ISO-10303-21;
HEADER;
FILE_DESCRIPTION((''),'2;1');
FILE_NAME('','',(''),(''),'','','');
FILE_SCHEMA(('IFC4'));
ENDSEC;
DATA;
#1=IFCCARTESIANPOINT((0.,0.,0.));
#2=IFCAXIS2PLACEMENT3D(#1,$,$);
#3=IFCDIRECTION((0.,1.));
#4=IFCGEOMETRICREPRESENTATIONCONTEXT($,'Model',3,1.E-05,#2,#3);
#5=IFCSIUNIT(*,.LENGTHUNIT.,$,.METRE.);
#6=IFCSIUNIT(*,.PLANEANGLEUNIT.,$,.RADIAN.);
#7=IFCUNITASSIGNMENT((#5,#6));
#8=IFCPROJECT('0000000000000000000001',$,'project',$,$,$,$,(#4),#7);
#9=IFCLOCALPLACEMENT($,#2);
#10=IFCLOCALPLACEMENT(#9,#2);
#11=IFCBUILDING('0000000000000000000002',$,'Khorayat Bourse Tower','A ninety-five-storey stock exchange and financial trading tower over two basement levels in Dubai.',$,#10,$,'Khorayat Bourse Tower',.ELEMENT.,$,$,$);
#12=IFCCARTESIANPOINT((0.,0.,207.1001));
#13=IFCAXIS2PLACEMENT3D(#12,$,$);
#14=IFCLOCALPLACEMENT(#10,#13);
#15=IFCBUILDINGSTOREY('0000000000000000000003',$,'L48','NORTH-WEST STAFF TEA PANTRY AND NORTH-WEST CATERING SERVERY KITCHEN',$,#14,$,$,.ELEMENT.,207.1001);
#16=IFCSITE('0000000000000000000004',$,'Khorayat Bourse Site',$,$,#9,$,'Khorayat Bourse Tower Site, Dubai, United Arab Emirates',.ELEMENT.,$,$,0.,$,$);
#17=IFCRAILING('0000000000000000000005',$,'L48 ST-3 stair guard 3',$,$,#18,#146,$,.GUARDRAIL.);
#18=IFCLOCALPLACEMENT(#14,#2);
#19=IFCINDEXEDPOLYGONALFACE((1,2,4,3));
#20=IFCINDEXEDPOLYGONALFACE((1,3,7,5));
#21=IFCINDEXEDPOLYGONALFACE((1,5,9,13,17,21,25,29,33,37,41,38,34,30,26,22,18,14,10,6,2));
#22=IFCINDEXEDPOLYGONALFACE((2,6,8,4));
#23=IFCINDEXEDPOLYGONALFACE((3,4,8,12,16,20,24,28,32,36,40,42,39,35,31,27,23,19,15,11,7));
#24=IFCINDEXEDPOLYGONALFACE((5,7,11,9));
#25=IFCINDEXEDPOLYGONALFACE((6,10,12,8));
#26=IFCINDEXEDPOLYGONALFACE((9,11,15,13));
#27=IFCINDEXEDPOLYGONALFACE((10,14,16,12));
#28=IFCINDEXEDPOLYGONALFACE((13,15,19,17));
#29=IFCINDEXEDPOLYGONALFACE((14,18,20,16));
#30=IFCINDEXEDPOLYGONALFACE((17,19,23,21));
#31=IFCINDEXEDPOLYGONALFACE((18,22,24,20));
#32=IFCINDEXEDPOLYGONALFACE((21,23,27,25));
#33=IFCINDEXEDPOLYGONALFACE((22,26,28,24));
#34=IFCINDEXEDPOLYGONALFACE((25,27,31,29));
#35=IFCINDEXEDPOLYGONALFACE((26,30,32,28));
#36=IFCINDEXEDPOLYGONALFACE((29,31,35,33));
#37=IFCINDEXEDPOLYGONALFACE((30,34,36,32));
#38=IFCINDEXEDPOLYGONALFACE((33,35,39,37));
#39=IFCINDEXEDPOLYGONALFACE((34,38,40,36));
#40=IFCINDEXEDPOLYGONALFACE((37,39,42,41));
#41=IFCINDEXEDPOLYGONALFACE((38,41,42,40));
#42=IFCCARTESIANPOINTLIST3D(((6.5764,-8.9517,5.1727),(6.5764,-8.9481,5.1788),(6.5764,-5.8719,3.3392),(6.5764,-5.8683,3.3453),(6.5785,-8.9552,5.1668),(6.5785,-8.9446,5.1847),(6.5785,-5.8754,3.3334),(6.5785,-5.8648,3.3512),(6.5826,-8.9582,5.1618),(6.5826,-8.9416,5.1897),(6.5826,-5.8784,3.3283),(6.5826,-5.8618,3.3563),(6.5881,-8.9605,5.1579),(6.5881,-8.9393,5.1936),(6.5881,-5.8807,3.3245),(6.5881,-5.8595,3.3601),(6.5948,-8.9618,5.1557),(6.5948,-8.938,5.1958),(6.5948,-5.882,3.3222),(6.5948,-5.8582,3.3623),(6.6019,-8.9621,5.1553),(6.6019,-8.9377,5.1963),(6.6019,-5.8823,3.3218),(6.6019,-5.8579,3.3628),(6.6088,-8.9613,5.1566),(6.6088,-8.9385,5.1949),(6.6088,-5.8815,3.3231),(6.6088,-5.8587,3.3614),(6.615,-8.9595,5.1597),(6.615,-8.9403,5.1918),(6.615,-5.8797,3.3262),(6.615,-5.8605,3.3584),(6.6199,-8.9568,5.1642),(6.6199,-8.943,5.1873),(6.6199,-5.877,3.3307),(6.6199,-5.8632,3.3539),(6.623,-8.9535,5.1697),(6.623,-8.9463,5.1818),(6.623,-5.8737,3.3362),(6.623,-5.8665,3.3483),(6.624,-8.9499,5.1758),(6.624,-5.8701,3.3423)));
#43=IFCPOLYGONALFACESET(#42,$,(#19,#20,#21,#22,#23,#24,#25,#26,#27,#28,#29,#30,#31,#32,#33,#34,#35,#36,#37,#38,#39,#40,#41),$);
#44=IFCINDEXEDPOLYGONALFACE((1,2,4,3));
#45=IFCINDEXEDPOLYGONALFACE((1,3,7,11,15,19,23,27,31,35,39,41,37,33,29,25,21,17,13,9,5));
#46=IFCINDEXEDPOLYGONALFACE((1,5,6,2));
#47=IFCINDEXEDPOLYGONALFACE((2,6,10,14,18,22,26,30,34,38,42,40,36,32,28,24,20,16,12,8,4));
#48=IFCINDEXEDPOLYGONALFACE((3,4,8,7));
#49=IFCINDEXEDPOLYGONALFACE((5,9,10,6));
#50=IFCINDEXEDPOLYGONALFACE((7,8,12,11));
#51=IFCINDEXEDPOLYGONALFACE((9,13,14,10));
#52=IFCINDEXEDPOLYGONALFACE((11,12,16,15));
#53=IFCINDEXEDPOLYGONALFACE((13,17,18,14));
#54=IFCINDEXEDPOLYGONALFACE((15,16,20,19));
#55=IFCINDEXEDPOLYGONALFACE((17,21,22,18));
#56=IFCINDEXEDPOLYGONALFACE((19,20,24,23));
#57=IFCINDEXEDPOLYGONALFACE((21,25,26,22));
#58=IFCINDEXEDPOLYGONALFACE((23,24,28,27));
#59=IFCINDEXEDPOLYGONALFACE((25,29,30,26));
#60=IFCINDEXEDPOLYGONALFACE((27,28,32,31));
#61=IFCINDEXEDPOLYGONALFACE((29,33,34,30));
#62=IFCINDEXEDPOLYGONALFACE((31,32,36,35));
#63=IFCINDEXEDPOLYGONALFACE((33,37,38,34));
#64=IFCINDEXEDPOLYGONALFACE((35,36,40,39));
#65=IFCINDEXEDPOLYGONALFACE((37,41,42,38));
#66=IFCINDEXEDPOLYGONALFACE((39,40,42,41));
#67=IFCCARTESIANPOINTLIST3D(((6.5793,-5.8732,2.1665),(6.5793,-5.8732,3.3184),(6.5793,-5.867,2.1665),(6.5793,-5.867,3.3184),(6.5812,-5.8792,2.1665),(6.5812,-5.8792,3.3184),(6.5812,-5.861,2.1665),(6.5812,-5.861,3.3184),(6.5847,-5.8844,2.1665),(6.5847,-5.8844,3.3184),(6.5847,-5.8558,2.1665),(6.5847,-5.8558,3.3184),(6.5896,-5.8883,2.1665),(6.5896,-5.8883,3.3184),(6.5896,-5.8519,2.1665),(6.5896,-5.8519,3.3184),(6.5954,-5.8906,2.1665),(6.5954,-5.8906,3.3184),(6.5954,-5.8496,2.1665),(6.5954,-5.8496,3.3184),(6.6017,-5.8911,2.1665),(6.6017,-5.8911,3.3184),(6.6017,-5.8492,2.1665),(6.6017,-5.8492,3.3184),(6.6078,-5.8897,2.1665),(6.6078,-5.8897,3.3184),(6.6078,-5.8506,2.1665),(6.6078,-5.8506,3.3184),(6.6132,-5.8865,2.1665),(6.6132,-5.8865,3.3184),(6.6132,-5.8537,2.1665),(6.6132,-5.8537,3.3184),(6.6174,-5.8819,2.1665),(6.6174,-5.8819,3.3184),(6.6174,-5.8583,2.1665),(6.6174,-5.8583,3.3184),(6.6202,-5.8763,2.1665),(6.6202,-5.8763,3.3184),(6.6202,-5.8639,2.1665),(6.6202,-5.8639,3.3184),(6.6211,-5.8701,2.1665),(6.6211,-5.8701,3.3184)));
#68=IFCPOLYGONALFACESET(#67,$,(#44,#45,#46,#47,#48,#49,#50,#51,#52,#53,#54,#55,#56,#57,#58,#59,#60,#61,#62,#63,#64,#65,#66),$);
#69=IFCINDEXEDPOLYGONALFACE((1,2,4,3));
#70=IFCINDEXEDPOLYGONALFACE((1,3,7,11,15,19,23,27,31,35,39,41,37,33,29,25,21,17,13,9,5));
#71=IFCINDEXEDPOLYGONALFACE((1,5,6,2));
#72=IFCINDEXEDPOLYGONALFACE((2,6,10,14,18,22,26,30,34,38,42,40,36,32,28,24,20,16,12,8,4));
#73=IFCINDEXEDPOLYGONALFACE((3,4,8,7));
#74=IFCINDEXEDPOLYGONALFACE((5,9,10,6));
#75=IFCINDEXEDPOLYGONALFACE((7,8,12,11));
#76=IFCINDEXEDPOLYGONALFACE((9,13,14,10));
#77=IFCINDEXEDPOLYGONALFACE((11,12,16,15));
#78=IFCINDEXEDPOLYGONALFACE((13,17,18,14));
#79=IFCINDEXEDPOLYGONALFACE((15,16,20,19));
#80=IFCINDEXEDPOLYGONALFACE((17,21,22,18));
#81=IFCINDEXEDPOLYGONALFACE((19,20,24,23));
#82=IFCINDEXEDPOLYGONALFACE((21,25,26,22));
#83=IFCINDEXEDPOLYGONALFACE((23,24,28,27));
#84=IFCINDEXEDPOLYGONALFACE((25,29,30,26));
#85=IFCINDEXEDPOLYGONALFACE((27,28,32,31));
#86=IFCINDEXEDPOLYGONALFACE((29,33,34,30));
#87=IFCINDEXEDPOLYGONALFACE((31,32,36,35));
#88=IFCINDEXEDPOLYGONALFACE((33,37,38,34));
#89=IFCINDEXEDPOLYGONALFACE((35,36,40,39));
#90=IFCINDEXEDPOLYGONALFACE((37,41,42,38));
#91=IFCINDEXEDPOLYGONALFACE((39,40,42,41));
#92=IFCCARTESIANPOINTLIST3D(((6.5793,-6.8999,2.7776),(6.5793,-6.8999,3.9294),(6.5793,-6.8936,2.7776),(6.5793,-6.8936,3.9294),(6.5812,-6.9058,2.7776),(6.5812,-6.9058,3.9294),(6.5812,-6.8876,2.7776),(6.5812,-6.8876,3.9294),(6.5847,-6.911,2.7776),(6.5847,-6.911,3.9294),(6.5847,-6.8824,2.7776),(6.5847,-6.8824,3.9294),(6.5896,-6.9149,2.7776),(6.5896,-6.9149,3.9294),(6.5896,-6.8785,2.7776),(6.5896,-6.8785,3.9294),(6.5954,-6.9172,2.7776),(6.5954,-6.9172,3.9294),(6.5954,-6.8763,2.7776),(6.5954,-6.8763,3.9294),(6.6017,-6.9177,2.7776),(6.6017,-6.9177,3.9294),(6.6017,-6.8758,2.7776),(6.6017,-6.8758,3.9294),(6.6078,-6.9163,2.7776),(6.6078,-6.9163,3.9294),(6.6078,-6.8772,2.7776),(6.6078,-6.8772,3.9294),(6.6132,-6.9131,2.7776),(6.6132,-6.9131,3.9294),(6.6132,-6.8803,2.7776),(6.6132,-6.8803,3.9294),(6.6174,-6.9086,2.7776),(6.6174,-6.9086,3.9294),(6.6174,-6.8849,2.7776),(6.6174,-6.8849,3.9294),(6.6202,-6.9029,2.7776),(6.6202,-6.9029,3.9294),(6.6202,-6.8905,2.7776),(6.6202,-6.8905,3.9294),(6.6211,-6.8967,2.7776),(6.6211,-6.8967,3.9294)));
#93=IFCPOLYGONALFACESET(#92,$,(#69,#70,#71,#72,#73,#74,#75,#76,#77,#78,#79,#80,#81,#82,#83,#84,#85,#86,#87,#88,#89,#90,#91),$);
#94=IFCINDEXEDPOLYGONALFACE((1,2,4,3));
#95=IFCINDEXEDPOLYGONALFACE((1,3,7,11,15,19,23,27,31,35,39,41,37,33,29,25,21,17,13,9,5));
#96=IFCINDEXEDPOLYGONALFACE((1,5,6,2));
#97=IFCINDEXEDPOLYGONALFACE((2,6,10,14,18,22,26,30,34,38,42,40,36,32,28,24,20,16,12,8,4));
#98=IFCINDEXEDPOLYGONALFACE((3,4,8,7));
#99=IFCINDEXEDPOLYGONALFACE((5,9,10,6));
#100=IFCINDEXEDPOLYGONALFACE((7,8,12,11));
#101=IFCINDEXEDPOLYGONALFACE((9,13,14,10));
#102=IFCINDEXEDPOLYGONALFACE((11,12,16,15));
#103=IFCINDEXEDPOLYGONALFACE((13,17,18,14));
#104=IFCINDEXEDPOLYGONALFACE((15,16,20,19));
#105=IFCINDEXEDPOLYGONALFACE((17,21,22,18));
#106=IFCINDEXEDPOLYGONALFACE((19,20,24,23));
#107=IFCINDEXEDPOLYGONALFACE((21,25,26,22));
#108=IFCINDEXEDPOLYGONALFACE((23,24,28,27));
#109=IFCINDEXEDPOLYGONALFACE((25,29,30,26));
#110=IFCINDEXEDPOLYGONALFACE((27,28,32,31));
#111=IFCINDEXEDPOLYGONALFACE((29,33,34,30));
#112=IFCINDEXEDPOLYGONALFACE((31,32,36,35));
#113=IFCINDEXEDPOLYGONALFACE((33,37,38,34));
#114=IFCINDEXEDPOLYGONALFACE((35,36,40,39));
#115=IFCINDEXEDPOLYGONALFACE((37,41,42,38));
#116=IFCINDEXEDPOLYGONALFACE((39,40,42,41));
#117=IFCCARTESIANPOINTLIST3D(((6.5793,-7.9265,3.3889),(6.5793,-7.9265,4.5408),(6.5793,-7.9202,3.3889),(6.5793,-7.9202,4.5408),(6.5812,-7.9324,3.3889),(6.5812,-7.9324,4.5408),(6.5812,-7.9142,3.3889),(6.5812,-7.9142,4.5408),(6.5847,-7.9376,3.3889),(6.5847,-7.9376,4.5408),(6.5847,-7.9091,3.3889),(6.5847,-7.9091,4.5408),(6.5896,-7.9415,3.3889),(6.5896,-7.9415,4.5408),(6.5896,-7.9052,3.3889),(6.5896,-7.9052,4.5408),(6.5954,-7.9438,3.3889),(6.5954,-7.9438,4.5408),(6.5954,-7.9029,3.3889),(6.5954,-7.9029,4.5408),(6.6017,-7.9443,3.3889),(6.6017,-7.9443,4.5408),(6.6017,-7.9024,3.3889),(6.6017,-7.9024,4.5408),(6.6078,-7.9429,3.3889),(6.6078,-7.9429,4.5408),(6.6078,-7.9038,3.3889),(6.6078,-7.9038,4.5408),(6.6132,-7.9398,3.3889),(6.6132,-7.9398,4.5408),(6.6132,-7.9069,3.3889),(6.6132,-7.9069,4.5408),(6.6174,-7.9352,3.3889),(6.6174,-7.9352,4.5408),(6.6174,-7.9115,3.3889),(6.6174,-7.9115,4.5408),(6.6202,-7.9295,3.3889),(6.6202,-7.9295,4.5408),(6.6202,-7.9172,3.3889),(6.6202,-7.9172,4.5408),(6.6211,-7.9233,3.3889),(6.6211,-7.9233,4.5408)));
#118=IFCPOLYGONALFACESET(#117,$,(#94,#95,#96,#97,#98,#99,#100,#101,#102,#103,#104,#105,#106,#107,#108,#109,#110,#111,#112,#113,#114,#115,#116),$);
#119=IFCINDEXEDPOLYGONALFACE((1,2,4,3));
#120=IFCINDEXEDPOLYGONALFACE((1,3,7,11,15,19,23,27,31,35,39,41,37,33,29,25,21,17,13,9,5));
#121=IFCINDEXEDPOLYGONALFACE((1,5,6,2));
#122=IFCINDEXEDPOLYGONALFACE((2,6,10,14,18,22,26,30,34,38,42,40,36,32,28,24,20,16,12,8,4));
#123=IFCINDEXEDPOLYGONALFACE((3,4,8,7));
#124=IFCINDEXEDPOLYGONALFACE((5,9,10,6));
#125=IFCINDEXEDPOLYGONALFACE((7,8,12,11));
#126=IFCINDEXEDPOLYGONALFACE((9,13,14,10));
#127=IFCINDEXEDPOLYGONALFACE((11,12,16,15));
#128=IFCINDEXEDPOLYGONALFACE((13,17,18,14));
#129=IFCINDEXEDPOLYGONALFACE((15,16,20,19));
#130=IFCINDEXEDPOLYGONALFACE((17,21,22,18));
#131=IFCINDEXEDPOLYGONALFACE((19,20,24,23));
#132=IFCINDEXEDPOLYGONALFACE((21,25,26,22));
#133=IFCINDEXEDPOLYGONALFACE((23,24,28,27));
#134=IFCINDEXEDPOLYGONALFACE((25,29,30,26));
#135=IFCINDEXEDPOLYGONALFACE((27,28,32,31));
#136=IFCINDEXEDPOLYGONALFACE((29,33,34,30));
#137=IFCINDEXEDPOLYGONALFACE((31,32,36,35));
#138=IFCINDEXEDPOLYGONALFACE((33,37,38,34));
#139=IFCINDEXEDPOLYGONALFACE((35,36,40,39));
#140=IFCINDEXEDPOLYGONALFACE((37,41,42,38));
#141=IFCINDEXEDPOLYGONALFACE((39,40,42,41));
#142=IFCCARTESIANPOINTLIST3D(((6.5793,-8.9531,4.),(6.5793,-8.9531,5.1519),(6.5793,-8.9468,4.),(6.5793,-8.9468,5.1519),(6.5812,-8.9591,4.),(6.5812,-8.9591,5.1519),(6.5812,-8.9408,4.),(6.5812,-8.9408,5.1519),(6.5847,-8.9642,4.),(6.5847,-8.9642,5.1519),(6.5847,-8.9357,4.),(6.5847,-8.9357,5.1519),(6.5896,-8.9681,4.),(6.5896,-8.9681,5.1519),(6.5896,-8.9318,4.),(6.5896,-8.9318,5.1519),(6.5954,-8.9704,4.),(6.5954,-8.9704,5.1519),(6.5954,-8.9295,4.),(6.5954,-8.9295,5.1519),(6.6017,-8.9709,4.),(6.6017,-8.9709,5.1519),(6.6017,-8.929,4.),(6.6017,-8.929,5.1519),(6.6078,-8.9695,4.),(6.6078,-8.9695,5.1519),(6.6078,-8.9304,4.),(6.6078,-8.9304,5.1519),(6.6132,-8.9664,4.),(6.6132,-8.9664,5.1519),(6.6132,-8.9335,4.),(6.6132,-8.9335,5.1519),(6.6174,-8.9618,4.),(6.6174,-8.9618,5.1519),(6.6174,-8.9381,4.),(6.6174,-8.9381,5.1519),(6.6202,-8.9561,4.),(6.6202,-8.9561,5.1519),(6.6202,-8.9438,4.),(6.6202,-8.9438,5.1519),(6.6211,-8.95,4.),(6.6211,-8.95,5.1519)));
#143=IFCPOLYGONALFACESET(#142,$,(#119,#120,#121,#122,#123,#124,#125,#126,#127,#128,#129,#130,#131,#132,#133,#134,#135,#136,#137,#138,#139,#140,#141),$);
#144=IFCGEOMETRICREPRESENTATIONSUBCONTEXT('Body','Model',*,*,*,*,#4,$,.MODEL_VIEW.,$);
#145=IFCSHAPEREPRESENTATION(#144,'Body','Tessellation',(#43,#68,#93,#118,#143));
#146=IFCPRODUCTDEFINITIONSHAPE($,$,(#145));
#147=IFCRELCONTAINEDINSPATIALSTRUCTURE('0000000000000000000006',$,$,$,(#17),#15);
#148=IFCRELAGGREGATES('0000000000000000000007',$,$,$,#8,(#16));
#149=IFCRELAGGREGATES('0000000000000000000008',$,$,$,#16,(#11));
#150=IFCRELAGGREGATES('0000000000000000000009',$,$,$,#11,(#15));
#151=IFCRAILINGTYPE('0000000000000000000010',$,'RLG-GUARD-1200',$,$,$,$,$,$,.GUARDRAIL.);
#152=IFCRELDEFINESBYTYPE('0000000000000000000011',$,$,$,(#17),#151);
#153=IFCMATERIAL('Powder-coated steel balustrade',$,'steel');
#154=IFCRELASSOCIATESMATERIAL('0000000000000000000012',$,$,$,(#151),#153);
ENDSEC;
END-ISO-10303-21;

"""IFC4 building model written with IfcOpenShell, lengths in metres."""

from ifc_helpers import new_model, si_unit, direction, frame, origin, origin_2d, place, context, subcontext, project, spatial, circle, extrude, source, transform, mapped, material, type_object, element, save


model = new_model("IFC4")

# Units and contexts
model_context = context("Model", 3, precision=1e-05, world=origin(), true_north=direction((0.0, 1.0)))
body_context = subcontext(model_context, "Body", "Model", "MODEL_VIEW")
ifc_project = project(units=[si_unit("LENGTHUNIT", "METRE"), si_unit("PLANEANGLEUNIT", "RADIAN")], contexts=[model_context])

# Site, building, storey
site_placement = place(None, origin())
site = spatial("IfcSite", under=ifc_project, at=site_placement, Name="Khorayat Bourse Site", LongName="Khorayat Bourse Tower Site, Dubai, United Arab Emirates", CompositionType="ELEMENT", RefElevation=0.0)
building_placement = place(site_placement, origin())
building = spatial("IfcBuilding", under=site, at=building_placement, Name="Khorayat Bourse Tower", Description="A ninety-five-storey stock exchange and financial trading tower over two basement levels in Dubai.", LongName="Khorayat Bourse Tower", CompositionType="ELEMENT")
storey_placement = place(building_placement, frame((0.0, 0.0, 207.1001)))
storey = spatial("IfcBuildingStorey", under=building, at=storey_placement, Name="L48", Description="NORTH-WEST STAFF TEA PANTRY AND NORTH-WEST CATERING SERVERY KITCHEN", CompositionType="ELEMENT", Elevation=207.1001)

# Railing
ifc_material_1 = material(Name="Powder-coated steel balustrade", Category="steel")
railing_type_1 = type_object("IfcRailingType", Name="RLG-GUARD-1200", PredefinedType="GUARDRAIL", material=ifc_material_1)
shared_shape_1 = source(origin(), body_context, "Body", "SweptSolid", [
    extrude(circle(Radius=0.0239, at=origin_2d()), frame((0.0, 0.0, 1.1758), z_axis=(0.0, -0.859261, 0.511538), x_axis=(1.0, 0.0, 0.0)), (0.0, 0.0, 1.0), 3.5842),
    extrude(circle(Radius=0.021, at=origin_2d()), origin(), (0.0, 0.0, 1.0), 1.1519),
    extrude(circle(Radius=0.021, at=origin_2d()), frame((0.0, -1.0266, 0.6111)), (0.0, 0.0, 1.0), 1.1519),
    extrude(circle(Radius=0.021, at=origin_2d()), frame((0.0, -2.0532, 1.2224)), (0.0, 0.0, 1.0), 1.1519),
    extrude(circle(Radius=0.021, at=origin_2d()), frame((0.0, -3.0798, 1.8335)), (0.0, 0.0, 1.0), 1.1519),
])
railing_1_placement = place(storey_placement, frame((6.6001, -5.8701, 2.1665)))
element("IfcRailing", 1, at=railing_1_placement, inside=storey, type_object=railing_type_1, Name="L48 ST-3 stair guard 3", PredefinedType="GUARDRAIL", context=body_context, shape_type="MappedRepresentation", body=[
    mapped(shared_shape_1, transform((0.0, 0.0, 0.0), scale=1.0)),
])

save(model, "model.ifc")
